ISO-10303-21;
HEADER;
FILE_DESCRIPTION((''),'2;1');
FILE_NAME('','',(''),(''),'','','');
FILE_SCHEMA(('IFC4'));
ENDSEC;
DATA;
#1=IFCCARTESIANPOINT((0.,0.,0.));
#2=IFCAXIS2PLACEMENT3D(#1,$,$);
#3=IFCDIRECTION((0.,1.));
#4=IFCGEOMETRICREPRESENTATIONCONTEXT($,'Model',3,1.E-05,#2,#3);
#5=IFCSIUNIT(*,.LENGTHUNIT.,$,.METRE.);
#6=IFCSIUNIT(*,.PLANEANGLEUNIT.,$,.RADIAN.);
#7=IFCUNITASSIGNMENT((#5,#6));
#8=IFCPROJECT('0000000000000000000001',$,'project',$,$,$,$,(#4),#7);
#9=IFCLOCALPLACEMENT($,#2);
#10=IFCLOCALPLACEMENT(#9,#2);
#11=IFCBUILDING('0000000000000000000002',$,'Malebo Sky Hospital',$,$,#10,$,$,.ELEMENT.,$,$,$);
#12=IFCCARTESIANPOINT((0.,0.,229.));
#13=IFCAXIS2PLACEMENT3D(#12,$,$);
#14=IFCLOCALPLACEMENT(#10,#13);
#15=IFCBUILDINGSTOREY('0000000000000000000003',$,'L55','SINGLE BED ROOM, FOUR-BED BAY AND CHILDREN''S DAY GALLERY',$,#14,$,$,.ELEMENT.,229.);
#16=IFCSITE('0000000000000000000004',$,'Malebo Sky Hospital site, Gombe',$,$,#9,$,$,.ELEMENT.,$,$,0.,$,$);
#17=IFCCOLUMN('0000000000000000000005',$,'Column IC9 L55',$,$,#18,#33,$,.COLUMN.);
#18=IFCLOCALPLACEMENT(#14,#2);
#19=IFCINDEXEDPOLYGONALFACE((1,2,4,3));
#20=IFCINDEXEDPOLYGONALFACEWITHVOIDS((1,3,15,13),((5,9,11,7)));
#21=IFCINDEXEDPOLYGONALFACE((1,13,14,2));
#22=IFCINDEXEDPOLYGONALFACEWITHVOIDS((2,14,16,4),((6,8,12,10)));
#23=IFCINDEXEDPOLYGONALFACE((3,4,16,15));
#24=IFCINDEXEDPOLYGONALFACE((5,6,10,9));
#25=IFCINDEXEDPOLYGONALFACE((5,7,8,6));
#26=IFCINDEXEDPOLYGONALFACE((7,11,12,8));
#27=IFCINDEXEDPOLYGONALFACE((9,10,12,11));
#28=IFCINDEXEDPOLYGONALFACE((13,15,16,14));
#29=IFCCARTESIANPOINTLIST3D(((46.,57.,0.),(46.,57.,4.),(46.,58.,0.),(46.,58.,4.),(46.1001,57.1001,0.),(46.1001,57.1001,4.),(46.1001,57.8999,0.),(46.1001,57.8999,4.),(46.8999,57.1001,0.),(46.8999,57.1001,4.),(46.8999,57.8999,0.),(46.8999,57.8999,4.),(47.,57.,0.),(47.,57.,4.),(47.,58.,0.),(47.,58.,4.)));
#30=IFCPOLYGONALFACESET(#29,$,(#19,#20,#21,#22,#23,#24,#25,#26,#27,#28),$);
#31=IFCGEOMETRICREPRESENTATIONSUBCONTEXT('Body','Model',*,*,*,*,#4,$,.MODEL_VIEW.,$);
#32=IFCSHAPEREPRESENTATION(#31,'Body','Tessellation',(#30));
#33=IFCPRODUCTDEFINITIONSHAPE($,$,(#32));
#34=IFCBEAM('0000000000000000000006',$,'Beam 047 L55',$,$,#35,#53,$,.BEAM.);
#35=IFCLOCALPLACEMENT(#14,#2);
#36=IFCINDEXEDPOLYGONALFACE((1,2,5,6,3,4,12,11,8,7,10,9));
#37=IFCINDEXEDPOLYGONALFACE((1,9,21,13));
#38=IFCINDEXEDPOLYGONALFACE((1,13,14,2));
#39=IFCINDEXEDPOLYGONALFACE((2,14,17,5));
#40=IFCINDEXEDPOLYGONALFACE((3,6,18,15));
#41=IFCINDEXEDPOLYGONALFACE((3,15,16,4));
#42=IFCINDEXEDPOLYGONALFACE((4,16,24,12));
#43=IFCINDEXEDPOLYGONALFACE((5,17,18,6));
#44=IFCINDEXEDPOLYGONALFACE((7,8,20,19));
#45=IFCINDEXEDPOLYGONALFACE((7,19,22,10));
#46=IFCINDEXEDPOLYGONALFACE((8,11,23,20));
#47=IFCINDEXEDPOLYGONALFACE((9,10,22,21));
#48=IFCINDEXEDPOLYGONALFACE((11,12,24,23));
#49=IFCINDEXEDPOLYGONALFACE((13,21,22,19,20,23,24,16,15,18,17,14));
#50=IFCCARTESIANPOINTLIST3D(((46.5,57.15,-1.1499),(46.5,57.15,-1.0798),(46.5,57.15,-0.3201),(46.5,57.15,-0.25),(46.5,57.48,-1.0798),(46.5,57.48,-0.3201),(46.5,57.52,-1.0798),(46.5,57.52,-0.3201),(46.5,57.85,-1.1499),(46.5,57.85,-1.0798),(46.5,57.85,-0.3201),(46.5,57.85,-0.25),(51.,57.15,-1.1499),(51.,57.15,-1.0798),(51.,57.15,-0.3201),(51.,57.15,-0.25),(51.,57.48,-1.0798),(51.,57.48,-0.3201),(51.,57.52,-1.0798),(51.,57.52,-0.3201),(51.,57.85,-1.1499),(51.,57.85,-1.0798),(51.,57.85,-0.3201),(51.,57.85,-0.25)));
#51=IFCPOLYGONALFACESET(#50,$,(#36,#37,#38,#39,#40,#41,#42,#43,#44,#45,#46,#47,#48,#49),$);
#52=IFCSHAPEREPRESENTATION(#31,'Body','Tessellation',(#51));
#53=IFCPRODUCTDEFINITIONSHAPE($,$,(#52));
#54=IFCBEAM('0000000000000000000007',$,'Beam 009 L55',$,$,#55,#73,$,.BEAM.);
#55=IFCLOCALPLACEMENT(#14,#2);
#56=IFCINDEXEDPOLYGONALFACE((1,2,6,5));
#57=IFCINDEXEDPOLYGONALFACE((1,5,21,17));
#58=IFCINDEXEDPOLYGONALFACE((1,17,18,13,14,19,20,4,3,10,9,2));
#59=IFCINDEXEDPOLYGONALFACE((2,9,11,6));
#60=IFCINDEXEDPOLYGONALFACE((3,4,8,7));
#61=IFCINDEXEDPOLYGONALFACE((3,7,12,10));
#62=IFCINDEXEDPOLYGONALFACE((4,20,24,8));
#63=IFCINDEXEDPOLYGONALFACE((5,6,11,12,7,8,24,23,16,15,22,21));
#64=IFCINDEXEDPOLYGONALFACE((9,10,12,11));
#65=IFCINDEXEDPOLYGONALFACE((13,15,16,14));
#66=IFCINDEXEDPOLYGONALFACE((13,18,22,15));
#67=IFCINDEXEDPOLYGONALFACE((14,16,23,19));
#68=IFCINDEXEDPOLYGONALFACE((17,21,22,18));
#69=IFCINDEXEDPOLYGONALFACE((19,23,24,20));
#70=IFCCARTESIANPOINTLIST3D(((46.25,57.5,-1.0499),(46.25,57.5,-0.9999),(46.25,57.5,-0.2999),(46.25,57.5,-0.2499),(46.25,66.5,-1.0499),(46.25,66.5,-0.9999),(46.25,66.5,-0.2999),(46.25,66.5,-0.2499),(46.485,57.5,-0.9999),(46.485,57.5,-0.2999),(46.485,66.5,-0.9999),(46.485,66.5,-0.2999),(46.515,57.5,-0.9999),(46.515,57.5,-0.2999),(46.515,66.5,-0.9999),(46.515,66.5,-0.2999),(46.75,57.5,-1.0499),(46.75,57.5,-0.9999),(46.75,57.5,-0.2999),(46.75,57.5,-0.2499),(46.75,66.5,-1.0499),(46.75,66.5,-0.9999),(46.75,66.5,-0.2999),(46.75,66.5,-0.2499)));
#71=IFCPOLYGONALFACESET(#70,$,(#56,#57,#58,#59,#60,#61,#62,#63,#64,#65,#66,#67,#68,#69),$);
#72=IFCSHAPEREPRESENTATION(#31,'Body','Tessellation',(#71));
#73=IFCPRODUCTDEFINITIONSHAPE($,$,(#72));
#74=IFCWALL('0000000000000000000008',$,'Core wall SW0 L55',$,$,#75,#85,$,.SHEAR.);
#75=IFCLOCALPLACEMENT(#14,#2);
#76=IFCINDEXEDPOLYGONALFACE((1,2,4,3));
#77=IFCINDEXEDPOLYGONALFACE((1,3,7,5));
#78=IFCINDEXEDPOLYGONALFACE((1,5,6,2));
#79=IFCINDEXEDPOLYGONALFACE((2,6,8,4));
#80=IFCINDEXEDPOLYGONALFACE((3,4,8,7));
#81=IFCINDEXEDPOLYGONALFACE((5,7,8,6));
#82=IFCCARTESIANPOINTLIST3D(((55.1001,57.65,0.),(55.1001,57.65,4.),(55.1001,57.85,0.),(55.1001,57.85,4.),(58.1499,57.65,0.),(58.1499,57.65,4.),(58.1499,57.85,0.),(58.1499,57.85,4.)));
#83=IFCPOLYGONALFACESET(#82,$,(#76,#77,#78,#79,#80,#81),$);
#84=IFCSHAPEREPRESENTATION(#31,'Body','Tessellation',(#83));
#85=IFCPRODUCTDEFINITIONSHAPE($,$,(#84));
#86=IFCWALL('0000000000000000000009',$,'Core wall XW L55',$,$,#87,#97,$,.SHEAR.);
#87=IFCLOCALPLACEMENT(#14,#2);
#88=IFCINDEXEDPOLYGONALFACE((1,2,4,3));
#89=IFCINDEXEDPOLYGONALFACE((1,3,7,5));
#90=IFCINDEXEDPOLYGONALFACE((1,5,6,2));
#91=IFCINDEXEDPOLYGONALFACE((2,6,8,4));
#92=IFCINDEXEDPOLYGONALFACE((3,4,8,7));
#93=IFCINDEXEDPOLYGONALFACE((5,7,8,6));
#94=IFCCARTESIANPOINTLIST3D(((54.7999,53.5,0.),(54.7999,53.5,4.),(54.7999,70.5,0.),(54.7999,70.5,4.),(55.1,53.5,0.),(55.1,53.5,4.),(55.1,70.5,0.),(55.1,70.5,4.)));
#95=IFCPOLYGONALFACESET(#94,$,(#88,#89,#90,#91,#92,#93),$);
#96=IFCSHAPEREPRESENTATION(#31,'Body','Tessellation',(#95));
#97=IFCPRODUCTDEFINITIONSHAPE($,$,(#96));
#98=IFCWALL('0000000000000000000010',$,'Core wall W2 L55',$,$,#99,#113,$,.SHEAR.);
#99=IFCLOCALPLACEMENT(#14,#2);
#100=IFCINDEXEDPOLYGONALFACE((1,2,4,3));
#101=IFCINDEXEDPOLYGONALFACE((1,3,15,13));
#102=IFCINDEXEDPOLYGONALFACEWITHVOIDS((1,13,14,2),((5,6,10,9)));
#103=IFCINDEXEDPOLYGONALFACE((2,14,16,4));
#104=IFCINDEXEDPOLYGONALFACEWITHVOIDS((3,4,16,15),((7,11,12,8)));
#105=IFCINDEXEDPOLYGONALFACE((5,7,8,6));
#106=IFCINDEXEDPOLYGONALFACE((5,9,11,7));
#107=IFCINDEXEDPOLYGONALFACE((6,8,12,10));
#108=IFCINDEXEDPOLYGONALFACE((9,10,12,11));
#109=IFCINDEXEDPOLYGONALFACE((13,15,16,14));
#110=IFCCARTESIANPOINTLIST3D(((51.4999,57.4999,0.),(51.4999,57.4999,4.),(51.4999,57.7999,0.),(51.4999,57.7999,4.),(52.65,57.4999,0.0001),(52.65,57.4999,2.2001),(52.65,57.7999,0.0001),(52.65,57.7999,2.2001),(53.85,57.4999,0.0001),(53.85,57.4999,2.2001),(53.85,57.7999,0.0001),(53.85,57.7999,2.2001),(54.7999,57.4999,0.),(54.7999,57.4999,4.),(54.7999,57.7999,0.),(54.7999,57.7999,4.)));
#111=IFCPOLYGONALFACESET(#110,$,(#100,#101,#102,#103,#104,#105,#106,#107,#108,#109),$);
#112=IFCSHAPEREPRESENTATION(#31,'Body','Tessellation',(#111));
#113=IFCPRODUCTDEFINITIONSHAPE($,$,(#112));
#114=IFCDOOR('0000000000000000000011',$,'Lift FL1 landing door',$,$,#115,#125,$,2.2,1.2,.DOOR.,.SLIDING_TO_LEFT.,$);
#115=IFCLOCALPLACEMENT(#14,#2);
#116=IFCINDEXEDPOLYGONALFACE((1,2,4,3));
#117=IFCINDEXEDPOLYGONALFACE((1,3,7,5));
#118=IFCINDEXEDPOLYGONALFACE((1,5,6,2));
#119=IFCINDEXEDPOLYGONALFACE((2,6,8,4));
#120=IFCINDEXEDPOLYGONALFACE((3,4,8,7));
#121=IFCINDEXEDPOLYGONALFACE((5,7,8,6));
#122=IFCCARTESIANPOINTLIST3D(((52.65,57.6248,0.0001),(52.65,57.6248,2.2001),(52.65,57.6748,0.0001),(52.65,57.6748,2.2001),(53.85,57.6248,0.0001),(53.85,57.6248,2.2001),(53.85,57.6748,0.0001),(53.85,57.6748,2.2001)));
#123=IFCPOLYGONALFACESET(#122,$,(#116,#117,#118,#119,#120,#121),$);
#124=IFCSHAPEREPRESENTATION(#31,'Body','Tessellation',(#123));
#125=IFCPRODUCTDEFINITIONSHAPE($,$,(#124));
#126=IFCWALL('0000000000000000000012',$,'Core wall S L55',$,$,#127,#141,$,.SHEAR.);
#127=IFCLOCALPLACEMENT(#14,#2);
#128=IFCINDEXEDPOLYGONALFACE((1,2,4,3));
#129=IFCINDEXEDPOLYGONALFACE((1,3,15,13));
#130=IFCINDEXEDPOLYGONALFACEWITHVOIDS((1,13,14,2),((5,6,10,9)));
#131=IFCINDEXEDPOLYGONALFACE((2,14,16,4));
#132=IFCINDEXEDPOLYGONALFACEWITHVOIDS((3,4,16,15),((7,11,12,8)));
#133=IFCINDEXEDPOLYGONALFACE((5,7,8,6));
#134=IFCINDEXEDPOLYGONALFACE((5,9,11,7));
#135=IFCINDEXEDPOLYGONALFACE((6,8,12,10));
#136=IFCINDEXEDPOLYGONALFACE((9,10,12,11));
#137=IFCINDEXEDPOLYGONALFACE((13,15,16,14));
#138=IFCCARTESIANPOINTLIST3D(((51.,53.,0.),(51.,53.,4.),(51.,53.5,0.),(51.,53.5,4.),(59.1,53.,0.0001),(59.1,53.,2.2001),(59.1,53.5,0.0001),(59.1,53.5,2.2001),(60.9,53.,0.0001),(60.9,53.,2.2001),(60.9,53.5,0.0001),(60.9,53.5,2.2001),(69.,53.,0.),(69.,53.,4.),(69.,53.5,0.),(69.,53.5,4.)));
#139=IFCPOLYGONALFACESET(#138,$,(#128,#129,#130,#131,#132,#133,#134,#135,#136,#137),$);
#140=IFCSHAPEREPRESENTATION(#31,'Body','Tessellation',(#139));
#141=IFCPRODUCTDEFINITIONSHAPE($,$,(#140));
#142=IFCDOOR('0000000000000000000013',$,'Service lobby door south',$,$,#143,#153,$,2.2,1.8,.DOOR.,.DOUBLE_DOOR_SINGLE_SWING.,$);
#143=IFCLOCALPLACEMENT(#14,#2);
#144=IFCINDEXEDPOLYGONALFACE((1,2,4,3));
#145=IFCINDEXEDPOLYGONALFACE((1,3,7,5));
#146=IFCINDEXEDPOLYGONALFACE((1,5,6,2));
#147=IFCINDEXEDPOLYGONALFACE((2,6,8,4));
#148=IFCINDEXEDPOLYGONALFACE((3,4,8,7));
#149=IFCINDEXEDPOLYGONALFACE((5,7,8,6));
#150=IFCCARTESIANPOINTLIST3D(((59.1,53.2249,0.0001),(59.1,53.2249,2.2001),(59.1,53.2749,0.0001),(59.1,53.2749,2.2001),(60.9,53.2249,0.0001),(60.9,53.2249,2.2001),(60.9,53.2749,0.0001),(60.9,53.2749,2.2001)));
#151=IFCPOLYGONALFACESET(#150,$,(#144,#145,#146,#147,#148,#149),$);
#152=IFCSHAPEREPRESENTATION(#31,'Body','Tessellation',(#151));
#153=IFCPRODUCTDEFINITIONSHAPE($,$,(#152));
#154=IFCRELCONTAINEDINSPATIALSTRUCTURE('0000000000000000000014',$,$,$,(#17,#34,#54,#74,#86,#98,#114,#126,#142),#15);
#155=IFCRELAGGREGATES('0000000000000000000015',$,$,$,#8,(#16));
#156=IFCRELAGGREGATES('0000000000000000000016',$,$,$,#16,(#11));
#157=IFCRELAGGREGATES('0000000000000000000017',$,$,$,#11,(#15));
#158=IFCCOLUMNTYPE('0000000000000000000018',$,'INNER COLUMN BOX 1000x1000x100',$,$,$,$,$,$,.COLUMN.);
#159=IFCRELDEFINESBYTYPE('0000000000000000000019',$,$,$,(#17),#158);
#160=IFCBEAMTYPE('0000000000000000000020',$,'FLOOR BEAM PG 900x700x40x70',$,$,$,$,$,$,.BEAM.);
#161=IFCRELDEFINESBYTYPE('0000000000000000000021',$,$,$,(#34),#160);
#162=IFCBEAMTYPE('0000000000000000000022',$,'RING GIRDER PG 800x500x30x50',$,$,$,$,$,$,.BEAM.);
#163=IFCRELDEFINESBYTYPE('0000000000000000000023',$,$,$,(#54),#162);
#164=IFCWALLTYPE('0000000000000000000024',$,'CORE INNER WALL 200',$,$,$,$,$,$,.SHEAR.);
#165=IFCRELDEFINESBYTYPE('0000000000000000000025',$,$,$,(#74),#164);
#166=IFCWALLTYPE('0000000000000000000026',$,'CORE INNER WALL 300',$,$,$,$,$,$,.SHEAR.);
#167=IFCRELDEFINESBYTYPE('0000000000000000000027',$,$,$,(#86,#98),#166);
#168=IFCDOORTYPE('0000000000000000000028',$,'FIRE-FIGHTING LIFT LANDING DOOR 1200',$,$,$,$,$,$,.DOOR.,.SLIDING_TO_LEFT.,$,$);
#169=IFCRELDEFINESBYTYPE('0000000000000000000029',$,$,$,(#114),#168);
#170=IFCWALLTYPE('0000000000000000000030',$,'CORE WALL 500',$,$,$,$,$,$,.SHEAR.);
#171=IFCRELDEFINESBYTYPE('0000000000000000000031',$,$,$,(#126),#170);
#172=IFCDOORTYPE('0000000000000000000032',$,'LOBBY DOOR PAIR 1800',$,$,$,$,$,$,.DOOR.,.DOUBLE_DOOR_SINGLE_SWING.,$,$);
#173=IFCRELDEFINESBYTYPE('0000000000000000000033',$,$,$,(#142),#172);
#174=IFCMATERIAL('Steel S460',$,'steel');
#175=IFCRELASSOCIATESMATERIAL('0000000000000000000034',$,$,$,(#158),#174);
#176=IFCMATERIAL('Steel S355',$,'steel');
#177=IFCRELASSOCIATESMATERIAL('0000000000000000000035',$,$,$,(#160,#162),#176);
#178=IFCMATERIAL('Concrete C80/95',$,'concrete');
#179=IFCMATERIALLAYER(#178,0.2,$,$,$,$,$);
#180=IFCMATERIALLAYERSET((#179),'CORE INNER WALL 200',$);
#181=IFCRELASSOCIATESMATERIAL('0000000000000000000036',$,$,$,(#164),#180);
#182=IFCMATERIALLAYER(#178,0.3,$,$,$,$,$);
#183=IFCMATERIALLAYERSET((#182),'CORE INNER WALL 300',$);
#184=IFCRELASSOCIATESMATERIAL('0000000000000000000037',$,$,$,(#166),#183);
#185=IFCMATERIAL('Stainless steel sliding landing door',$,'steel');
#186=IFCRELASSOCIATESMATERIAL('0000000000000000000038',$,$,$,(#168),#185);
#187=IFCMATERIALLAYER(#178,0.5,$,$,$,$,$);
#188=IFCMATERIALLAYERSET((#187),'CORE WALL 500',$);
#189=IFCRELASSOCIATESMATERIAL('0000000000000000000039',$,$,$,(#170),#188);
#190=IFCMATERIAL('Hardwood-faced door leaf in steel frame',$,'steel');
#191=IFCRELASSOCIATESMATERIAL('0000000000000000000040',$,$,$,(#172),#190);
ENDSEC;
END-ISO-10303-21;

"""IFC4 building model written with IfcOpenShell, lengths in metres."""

from ifc_helpers import new_model, si_unit, direction, frame, frame_2d, origin, origin_2d, place, context, subcontext, project, spatial, rectangle, hollow_rectangle, i_section, extrude, material, layer, layer_set, material_profile, profile_set, type_object, element, fill, save


model = new_model("IFC4")

# Units and contexts
model_context = context("Model", 3, precision=1e-05, world=origin(), true_north=direction((0.0, 1.0)))
body_context = subcontext(model_context, "Body", "Model", "MODEL_VIEW")
ifc_project = project(units=[si_unit("LENGTHUNIT", "METRE"), si_unit("PLANEANGLEUNIT", "RADIAN")], contexts=[model_context])

# Site, building, storey
site_placement = place(None, origin())
site = spatial("IfcSite", under=ifc_project, at=site_placement, Name="Malebo Sky Hospital site, Gombe", CompositionType="ELEMENT", RefElevation=0.0)
building_placement = place(site_placement, origin())
building = spatial("IfcBuilding", under=site, at=building_placement, Name="Malebo Sky Hospital", CompositionType="ELEMENT")
storey_placement = place(building_placement, frame((0.0, 0.0, 229.0)))
storey = spatial("IfcBuildingStorey", under=building, at=storey_placement, Name="L55", Description="SINGLE BED ROOM, FOUR-BED BAY AND CHILDREN'S DAY GALLERY", CompositionType="ELEMENT", Elevation=229.0)

# Column
ifc_material_1 = material(Name="Steel S460", Category="steel")
ifc_material_profile_1 = material_profile(ifc_material_1, hollow_rectangle(XDim=1.0, YDim=1.0, WallThickness=0.1001, at=origin_2d()), Name="BOX 1000x1000x100")
ifc_profile_set_1 = profile_set([ifc_material_profile_1], Name="Steel S460")
column_type = type_object("IfcColumnType", Name="INNER COLUMN BOX 1000x1000x100", PredefinedType="COLUMN", material=ifc_profile_set_1)
column_placement = place(storey_placement, frame((46.5, 57.5, 0.0), z_axis=(0.0, 0.0, 1.0), x_axis=(1.0, 0.0, 0.0)))
element("IfcColumn", 1, at=column_placement, inside=storey, type_object=column_type, Name="Column IC9 L55", PredefinedType="COLUMN", context=body_context, shape_type="SweptSolid", body=[
    extrude(hollow_rectangle(XDim=1.0, YDim=1.0, WallThickness=0.1001, at=origin_2d()), origin(), (0.0, 0.0, 1.0), 4.0),
])

# Beams
ifc_material_2 = material(Name="Steel S355", Category="steel")
ifc_material_profile_2 = material_profile(ifc_material_2, i_section(OverallWidth=0.7, OverallDepth=0.8999, WebThickness=0.04, FlangeThickness=0.0701, at=origin_2d()), Name="PG 900x700x40x70")
ifc_profile_set_2 = profile_set([ifc_material_profile_2], Name="Steel S355")
beam_type_1 = type_object("IfcBeamType", Name="FLOOR BEAM PG 900x700x40x70", PredefinedType="BEAM", material=ifc_profile_set_2)
beam_1_placement = place(storey_placement, frame((46.5, 57.5, -0.7), z_axis=(1.0, 0.0, 0.0), x_axis=(0.0, 1.0, 0.0)))
element("IfcBeam", 2, at=beam_1_placement, inside=storey, type_object=beam_type_1, Name="Beam 047 L55", PredefinedType="BEAM", context=body_context, shape_type="SweptSolid", body=[
    extrude(i_section(OverallWidth=0.7, OverallDepth=0.8999, WebThickness=0.04, FlangeThickness=0.0701, at=origin_2d()), origin(), (0.0, 0.0, 1.0), 4.5),
])
ifc_material_profile_3 = material_profile(ifc_material_2, i_section(OverallWidth=0.5, OverallDepth=0.8, WebThickness=0.03, FlangeThickness=0.05, at=origin_2d()), Name="PG 800x500x30x50")
ifc_profile_set_3 = profile_set([ifc_material_profile_3], Name="Steel S355")
beam_type_2 = type_object("IfcBeamType", Name="RING GIRDER PG 800x500x30x50", PredefinedType="BEAM", material=ifc_profile_set_3)
beam_2_placement = place(storey_placement, frame((46.5, 57.5, -0.6499), z_axis=(0.0, 1.0, 0.0), x_axis=(-1.0, 0.0, 0.0)))
element("IfcBeam", 3, at=beam_2_placement, inside=storey, type_object=beam_type_2, Name="Beam 009 L55", PredefinedType="BEAM", context=body_context, shape_type="SweptSolid", body=[
    extrude(i_section(OverallWidth=0.5, OverallDepth=0.8, WebThickness=0.03, FlangeThickness=0.05, at=origin_2d()), origin(), (0.0, 0.0, 1.0), 9.0),
])

# Walls
ifc_material_3 = material(Name="Concrete C80/95", Category="concrete")
ifc_layer_1 = layer(ifc_material_3, 0.2)
ifc_layer_set_1 = layer_set([ifc_layer_1], Name="CORE INNER WALL 200")
wall_type_1 = type_object("IfcWallType", Name="CORE INNER WALL 200", PredefinedType="SHEAR", material=ifc_layer_set_1)
wall_1_placement = place(storey_placement, frame((55.1001, 57.75, 0.0), z_axis=(0.0, 0.0, 1.0), x_axis=(1.0, 0.0, 0.0)))
element("IfcWall", 4, at=wall_1_placement, inside=storey, type_object=wall_type_1, Name="Core wall SW0 L55", PredefinedType="SHEAR", context=body_context, shape_type="SweptSolid", body=[
    extrude(rectangle(XDim=3.0498, YDim=0.2, at=frame_2d((1.5249, 0.0))), origin(), (0.0, 0.0, 1.0), 4.0),
])
ifc_layer_2 = layer(ifc_material_3, 0.3)
ifc_layer_set_2 = layer_set([ifc_layer_2], Name="CORE INNER WALL 300")
wall_type_2 = type_object("IfcWallType", Name="CORE INNER WALL 300", PredefinedType="SHEAR", material=ifc_layer_set_2)
wall_2_placement = place(storey_placement, frame((54.95, 53.5, 0.0), z_axis=(0.0, 0.0, 1.0), x_axis=(0.0, 1.0, 0.0)))
element("IfcWall", 5, at=wall_2_placement, inside=storey, type_object=wall_type_2, Name="Core wall XW L55", PredefinedType="SHEAR", context=body_context, shape_type="SweptSolid", body=[
    extrude(rectangle(XDim=17.0, YDim=0.3, at=frame_2d((8.5, 0.0))), origin(), (0.0, 0.0, 1.0), 4.0),
])

# Walls, openings, doors
wall_3_placement = place(storey_placement, frame((51.5, 57.6499, 0.0), z_axis=(0.0, 0.0, 1.0), x_axis=(1.0, 0.0, 0.0)))
wall_3 = element("IfcWall", 6, at=wall_3_placement, inside=storey, type_object=wall_type_2, Name="Core wall W2 L55", PredefinedType="SHEAR", context=body_context, shape_type="SweptSolid", body=[
    extrude(rectangle(XDim=3.3, YDim=0.3, at=frame_2d((1.6499, 0.0))), origin(), (0.0, 0.0, 1.0), 4.0),
])
opening_1_placement = place(wall_3_placement, frame((1.1499, 0.0, 0.0)))
opening_1 = element("IfcOpeningElement", 7, at=opening_1_placement, cuts=wall_3, PredefinedType="OPENING", context=body_context, shape_type="SweptSolid", body=[
    extrude(rectangle(XDim=1.2, YDim=2.2, at=frame_2d((0.6001, 1.1001))), frame((0.0, 0.1599, 0.0), z_axis=(0.0, -1.0, 0.0), x_axis=(1.0, 0.0, 0.0)), (0.0, 0.0, 1.0), 0.3201),
])
ifc_material_4 = material(Name="Stainless steel sliding landing door", Category="steel")
door_type_1 = type_object("IfcDoorType", Name="FIRE-FIGHTING LIFT LANDING DOOR 1200", OperationType="SLIDING_TO_LEFT", PredefinedType="DOOR", material=ifc_material_4)
door_1_placement = place(opening_1_placement, origin())
door_1 = element("IfcDoor", 8, at=door_1_placement, inside=storey, type_object=door_type_1, Name="Lift FL1 landing door", OperationType="SLIDING_TO_LEFT", OverallHeight=2.2, OverallWidth=1.2, PredefinedType="DOOR", context=body_context, shape_type="SweptSolid", body=[
    extrude(rectangle(XDim=1.2, YDim=2.2, at=frame_2d((0.6001, 1.1001))), frame((0.0, 0.0249, 0.0), z_axis=(0.0, -1.0, 0.0), x_axis=(1.0, 0.0, 0.0)), (0.0, 0.0, 1.0), 0.05),
])
fill(opening_1, door_1)
ifc_layer_3 = layer(ifc_material_3, 0.5)
ifc_layer_set_3 = layer_set([ifc_layer_3], Name="CORE WALL 500")
wall_type_3 = type_object("IfcWallType", Name="CORE WALL 500", PredefinedType="SHEAR", material=ifc_layer_set_3)
wall_4_placement = place(storey_placement, frame((51.0, 53.25, 0.0), z_axis=(0.0, 0.0, 1.0), x_axis=(1.0, 0.0, 0.0)))
wall_4 = element("IfcWall", 9, at=wall_4_placement, inside=storey, type_object=wall_type_3, Name="Core wall S L55", PredefinedType="SHEAR", context=body_context, shape_type="SweptSolid", body=[
    extrude(rectangle(XDim=18.0, YDim=0.5, at=frame_2d((9.0, 0.0))), origin(), (0.0, 0.0, 1.0), 4.0),
])
opening_2_placement = place(wall_4_placement, frame((8.1001, 0.0, 0.0)))
opening_2 = element("IfcOpeningElement", 10, at=opening_2_placement, cuts=wall_4, PredefinedType="OPENING", context=body_context, shape_type="SweptSolid", body=[
    extrude(rectangle(XDim=1.8, YDim=2.2, at=frame_2d((0.8999, 1.1001))), frame((0.0, 0.26, 0.0), z_axis=(0.0, -1.0, 0.0), x_axis=(1.0, 0.0, 0.0)), (0.0, 0.0, 1.0), 0.52),
])
ifc_material_5 = material(Name="Hardwood-faced door leaf in steel frame", Category="steel")
door_type_2 = type_object("IfcDoorType", Name="LOBBY DOOR PAIR 1800", OperationType="DOUBLE_DOOR_SINGLE_SWING", PredefinedType="DOOR", material=ifc_material_5)
door_2_placement = place(opening_2_placement, origin())
door_2 = element("IfcDoor", 11, at=door_2_placement, inside=storey, type_object=door_type_2, Name="Service lobby door south", OperationType="DOUBLE_DOOR_SINGLE_SWING", OverallHeight=2.2, OverallWidth=1.8, PredefinedType="DOOR", context=body_context, shape_type="SweptSolid", body=[
    extrude(rectangle(XDim=1.8, YDim=2.2, at=frame_2d((0.8999, 1.1001))), frame((0.0, 0.0249, 0.0), z_axis=(0.0, -1.0, 0.0), x_axis=(1.0, 0.0, 0.0)), (0.0, 0.0, 1.0), 0.05),
])
fill(opening_2, door_2)

save(model, "model.ifc")
